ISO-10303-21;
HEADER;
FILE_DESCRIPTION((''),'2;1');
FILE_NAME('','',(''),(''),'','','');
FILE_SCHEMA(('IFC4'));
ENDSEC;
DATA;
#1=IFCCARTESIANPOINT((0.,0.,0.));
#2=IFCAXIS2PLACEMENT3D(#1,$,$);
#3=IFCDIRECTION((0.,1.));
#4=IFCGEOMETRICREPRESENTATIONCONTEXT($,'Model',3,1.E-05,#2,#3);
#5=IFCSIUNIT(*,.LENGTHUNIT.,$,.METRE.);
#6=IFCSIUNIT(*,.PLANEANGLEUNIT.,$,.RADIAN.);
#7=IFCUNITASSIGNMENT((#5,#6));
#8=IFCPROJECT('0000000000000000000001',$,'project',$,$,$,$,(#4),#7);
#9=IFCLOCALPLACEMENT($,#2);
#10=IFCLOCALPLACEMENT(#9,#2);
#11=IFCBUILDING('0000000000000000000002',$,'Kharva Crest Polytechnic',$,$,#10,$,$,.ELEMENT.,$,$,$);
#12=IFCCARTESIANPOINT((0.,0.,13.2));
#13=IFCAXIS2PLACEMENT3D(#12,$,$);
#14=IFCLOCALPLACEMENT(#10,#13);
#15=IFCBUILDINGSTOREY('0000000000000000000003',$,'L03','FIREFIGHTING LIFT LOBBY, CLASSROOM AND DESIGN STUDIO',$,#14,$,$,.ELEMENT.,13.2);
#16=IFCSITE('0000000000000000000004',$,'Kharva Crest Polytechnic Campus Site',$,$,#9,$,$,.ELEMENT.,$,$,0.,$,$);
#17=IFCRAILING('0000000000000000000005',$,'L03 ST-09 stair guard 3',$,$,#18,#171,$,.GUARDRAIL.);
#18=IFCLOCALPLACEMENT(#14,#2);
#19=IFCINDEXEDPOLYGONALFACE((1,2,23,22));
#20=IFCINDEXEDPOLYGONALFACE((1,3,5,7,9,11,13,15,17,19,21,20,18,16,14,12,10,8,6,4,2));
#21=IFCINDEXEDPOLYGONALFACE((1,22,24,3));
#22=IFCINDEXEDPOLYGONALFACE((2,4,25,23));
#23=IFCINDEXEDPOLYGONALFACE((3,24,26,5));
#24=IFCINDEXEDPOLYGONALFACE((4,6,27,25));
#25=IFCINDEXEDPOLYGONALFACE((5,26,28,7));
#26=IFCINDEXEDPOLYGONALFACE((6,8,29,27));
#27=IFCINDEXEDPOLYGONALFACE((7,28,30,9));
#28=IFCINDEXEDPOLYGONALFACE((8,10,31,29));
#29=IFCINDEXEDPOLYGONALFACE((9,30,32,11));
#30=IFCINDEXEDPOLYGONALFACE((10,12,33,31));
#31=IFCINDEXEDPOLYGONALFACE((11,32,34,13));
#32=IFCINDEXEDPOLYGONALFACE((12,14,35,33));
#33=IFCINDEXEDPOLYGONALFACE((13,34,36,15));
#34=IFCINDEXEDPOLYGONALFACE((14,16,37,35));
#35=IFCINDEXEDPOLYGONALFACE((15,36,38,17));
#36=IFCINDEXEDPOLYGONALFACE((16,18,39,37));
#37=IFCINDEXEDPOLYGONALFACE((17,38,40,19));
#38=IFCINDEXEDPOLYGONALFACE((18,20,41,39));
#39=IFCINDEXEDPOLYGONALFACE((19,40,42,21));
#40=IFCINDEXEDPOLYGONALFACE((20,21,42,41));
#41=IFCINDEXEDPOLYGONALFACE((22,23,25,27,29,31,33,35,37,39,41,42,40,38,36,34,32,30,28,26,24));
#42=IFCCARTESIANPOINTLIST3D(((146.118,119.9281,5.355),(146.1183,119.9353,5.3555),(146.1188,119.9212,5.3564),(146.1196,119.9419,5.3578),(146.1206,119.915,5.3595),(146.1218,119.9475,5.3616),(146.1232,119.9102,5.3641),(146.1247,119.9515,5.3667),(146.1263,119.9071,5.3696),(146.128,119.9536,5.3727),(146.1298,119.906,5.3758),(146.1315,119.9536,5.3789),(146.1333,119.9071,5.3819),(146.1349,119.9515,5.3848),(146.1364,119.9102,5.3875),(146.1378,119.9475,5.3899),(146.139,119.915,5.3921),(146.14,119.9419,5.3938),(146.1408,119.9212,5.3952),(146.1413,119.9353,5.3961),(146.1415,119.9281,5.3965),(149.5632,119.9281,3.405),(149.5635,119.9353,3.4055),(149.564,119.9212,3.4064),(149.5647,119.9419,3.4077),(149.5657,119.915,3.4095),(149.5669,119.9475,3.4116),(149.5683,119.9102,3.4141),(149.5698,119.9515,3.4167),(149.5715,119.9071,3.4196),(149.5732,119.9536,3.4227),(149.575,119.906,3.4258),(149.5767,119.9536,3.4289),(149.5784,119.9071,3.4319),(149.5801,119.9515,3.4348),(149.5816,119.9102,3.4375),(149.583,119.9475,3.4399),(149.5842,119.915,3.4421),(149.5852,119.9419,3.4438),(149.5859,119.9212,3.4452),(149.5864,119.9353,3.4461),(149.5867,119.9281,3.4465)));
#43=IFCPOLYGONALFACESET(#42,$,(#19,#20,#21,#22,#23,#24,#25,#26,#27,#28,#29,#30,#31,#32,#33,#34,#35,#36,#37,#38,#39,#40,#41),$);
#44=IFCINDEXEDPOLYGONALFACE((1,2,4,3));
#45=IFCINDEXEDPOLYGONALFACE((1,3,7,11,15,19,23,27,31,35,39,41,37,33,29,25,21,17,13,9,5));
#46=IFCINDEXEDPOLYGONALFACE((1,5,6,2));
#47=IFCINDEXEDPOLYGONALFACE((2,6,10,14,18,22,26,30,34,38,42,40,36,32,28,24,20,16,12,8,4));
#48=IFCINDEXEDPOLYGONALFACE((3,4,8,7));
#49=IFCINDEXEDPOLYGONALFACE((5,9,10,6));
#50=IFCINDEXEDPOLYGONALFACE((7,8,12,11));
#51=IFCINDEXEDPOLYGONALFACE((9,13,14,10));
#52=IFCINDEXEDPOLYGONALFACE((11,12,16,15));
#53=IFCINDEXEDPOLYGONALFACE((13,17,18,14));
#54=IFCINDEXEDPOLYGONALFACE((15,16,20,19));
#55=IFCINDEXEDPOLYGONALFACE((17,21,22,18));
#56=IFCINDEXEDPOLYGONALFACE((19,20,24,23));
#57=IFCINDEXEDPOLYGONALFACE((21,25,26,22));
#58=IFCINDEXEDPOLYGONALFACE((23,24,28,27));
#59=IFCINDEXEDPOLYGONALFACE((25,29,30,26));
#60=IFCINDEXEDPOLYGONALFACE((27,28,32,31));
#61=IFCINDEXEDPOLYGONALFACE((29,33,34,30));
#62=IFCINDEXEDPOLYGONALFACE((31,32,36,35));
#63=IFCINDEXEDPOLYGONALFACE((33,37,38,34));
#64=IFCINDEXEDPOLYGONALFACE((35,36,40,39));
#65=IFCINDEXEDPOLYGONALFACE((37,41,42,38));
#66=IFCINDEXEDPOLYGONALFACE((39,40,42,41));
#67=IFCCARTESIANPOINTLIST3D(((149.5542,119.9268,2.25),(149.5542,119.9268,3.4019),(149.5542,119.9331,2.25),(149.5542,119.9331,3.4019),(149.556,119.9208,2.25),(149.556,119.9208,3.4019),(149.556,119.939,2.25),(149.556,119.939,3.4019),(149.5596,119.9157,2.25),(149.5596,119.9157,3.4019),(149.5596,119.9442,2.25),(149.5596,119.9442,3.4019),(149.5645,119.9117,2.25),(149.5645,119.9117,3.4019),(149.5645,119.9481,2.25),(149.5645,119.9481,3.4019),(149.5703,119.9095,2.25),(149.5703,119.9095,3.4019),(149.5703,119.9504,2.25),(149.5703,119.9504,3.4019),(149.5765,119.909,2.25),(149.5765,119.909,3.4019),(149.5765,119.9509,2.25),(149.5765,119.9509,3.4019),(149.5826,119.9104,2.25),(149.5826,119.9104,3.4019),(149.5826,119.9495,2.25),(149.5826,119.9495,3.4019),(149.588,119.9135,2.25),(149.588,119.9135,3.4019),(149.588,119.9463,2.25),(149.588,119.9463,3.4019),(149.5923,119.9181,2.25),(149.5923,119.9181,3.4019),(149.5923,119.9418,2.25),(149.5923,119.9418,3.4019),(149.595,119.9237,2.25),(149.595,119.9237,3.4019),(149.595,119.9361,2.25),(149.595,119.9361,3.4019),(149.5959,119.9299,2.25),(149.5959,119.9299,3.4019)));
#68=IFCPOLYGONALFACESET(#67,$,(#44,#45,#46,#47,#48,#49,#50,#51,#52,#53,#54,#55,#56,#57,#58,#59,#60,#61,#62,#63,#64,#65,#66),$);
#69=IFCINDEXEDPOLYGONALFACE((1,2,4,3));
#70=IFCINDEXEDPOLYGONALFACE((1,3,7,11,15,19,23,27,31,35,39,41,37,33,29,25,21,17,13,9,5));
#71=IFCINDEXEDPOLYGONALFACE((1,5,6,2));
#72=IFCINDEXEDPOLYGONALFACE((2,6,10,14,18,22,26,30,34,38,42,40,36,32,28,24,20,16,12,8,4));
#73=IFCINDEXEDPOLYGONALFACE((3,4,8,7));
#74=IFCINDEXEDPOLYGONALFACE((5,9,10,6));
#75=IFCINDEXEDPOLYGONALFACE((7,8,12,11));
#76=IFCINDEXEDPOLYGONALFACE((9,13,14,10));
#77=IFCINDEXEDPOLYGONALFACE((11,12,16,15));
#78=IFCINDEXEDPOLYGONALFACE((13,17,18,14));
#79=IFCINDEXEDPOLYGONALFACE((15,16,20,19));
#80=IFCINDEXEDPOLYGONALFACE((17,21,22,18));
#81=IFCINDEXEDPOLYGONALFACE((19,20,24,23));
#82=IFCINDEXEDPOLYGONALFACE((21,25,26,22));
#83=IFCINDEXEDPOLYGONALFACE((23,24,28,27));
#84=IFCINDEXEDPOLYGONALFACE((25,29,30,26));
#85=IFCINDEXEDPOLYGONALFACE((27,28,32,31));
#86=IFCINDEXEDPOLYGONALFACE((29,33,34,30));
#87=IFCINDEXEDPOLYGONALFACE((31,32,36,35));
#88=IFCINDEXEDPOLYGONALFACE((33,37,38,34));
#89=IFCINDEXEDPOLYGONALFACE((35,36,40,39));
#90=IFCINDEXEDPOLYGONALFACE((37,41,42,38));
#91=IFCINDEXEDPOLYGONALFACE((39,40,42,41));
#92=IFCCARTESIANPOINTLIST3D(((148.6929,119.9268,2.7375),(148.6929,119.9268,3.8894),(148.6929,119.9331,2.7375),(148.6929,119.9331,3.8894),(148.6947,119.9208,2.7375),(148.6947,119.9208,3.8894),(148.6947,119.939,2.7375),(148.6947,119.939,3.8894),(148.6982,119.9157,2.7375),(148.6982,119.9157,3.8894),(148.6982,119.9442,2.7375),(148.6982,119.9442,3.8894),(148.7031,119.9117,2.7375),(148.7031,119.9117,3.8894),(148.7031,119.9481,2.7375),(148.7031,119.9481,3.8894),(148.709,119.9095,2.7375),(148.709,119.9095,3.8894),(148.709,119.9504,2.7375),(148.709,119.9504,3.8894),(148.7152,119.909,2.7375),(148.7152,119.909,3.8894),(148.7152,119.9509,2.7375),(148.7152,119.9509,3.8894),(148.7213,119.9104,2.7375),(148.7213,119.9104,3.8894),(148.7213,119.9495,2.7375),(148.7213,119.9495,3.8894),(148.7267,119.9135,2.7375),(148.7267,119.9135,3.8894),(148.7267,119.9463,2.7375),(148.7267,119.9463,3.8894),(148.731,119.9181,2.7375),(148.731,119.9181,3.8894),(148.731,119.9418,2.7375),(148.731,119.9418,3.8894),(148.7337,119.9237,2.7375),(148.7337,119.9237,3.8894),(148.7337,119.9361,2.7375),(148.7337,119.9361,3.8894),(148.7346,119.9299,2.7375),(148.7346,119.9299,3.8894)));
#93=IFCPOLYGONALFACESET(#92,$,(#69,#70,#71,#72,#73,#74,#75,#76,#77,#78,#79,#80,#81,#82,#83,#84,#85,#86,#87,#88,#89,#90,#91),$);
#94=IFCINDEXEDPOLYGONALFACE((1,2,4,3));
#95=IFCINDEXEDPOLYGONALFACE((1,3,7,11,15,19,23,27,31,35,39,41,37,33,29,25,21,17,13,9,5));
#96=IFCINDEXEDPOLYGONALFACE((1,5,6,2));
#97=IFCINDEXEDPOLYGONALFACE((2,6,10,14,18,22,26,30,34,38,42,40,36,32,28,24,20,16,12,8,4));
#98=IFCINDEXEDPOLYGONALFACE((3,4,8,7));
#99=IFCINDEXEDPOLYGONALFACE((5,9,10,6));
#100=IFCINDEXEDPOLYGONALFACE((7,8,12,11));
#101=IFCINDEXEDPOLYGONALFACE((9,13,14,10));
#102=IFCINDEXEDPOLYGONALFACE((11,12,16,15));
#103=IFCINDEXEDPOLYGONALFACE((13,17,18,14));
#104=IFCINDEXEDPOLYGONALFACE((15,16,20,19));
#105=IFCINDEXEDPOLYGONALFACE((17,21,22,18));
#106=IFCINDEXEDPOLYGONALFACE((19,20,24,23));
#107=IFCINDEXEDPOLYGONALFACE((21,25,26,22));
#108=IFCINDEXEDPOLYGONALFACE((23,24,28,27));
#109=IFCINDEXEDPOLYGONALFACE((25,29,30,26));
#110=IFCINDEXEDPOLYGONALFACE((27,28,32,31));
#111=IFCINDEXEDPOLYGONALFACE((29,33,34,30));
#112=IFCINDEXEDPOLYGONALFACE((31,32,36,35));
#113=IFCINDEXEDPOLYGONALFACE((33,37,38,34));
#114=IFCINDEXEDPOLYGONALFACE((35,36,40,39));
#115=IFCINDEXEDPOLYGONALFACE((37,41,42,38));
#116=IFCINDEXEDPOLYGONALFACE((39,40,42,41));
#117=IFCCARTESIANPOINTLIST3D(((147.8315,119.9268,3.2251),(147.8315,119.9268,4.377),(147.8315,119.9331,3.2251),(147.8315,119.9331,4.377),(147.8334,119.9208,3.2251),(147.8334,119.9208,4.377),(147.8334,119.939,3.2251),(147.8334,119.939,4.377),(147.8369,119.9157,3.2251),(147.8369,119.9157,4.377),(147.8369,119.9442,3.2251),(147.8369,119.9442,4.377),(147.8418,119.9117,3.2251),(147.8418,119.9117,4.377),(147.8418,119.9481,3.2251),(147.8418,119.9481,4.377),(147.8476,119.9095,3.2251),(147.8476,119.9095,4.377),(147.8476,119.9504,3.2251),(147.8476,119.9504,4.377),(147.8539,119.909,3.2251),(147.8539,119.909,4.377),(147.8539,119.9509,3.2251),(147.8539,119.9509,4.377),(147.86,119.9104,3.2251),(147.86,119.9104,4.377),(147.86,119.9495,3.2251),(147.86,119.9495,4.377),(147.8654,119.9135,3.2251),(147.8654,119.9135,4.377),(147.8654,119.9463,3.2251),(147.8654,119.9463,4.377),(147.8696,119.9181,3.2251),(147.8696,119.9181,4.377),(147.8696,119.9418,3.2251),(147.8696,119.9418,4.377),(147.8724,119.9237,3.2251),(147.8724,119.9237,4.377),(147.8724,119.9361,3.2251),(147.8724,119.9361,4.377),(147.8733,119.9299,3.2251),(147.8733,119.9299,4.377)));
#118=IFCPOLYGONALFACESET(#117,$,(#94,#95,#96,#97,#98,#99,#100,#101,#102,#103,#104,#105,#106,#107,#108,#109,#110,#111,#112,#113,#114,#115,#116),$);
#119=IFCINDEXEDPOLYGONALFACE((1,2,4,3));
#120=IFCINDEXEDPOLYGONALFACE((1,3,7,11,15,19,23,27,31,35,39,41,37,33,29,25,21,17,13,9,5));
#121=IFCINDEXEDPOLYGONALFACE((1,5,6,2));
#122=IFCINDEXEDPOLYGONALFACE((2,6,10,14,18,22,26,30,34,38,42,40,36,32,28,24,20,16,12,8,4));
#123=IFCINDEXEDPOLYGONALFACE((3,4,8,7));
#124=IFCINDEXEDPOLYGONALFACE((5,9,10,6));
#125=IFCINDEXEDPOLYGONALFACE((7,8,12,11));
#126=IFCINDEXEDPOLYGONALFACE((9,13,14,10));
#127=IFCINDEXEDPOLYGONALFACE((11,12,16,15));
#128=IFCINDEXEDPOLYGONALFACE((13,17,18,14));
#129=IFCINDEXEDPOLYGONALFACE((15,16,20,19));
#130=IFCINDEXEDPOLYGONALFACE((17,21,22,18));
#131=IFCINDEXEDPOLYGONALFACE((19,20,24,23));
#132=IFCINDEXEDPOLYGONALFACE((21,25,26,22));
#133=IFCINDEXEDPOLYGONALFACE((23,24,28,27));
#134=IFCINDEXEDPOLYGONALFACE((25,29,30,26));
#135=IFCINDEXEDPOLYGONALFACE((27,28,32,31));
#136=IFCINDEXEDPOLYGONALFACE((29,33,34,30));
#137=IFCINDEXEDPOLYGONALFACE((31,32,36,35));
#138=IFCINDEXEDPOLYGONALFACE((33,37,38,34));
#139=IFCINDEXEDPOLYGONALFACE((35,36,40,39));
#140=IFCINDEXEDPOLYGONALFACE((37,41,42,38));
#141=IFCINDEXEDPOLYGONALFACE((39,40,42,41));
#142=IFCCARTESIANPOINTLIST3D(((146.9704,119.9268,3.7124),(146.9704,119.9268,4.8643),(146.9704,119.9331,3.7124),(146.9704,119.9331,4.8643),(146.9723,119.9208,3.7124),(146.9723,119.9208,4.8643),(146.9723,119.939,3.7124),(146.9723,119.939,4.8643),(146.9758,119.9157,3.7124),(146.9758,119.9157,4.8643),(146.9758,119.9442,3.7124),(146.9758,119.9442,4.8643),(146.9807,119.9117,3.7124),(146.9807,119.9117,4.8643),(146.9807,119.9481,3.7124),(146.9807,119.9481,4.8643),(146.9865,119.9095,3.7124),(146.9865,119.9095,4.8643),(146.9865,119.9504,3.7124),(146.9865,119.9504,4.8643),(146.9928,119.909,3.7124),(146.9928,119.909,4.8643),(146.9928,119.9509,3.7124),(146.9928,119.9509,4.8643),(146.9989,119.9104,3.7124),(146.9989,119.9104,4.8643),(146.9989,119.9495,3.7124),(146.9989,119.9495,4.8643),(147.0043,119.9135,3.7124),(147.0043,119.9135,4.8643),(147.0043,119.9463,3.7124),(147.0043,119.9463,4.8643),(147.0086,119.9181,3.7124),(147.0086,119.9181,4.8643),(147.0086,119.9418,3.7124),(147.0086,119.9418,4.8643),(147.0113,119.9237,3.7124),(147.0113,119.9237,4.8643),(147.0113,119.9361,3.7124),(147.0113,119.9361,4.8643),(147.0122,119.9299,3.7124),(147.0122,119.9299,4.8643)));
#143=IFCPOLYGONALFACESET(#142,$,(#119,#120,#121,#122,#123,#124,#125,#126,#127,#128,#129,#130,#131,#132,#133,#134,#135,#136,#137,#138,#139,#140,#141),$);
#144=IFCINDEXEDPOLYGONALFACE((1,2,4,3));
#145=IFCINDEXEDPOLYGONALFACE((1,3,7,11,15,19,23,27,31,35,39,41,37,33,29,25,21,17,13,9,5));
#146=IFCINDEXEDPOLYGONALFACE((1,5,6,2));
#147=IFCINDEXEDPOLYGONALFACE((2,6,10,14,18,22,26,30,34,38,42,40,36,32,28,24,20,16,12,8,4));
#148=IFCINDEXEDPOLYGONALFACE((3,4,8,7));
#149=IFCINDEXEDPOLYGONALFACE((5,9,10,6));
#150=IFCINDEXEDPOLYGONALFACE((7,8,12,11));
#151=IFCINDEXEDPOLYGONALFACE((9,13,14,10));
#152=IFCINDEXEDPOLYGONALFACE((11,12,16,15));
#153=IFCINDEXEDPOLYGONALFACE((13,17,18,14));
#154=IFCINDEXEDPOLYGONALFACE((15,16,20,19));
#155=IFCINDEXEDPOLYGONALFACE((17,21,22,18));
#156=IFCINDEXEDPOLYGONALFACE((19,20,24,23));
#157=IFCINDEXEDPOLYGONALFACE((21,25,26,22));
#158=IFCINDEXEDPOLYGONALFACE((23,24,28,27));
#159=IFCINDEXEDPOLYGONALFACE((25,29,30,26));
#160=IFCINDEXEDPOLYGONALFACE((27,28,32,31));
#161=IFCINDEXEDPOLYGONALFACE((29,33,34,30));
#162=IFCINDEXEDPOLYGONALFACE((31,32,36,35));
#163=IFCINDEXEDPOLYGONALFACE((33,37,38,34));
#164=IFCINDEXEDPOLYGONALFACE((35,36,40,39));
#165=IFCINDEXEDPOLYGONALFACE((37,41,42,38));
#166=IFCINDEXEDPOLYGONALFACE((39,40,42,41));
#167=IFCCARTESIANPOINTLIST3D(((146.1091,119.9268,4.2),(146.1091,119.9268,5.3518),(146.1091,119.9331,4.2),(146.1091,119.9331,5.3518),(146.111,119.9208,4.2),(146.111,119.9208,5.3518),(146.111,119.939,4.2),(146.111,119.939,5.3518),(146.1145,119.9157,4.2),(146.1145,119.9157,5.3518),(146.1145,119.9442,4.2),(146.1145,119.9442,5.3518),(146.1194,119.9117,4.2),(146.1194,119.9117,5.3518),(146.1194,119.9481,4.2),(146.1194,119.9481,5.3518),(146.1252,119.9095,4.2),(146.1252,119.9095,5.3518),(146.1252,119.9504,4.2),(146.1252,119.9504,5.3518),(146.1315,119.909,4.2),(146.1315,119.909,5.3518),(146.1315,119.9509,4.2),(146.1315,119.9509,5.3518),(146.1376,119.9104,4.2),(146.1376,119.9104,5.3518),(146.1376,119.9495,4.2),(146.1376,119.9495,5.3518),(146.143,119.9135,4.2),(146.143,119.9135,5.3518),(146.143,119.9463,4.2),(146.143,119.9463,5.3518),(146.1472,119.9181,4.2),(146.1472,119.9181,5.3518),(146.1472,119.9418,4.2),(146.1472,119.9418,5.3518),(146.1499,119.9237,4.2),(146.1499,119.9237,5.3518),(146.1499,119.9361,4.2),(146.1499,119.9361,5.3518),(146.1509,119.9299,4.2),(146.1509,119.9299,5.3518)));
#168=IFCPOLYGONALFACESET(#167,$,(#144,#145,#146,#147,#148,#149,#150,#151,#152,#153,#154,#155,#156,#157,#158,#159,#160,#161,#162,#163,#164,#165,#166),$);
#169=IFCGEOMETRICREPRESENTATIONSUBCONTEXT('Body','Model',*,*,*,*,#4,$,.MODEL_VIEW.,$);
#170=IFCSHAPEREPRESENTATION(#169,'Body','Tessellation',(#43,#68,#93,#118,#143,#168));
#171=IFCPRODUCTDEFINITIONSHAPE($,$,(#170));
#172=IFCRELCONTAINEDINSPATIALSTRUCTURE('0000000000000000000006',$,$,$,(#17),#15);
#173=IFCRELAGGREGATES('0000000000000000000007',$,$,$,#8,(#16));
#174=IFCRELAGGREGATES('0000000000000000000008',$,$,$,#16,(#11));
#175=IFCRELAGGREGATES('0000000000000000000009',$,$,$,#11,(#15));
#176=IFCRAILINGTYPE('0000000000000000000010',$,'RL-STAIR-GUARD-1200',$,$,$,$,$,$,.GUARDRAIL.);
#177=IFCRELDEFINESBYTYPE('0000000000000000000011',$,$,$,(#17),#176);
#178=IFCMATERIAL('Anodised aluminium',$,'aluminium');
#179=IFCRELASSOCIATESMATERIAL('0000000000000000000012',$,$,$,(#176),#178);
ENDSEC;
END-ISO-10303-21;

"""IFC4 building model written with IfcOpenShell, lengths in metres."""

from ifc_helpers import new_model, si_unit, direction, frame, origin, origin_2d, place, context, subcontext, project, spatial, circle, extrude, material, type_object, element, save


model = new_model("IFC4")

# Units and contexts
model_context = context("Model", 3, precision=1e-05, world=origin(), true_north=direction((0.0, 1.0)))
body_context = subcontext(model_context, "Body", "Model", "MODEL_VIEW")
ifc_project = project(units=[si_unit("LENGTHUNIT", "METRE"), si_unit("PLANEANGLEUNIT", "RADIAN")], contexts=[model_context])

# Site, building, storey
site_placement = place(None, origin())
site = spatial("IfcSite", under=ifc_project, at=site_placement, Name="Kharva Crest Polytechnic Campus Site", CompositionType="ELEMENT", RefElevation=0.0)
building_placement = place(site_placement, origin())
building = spatial("IfcBuilding", under=site, at=building_placement, Name="Kharva Crest Polytechnic", CompositionType="ELEMENT")
storey_placement = place(building_placement, frame((0.0, 0.0, 13.2)))
storey = spatial("IfcBuildingStorey", under=building, at=storey_placement, Name="L03", Description="FIREFIGHTING LIFT LOBBY, CLASSROOM AND DESIGN STUDIO", CompositionType="ELEMENT", Elevation=13.2)

# Railing
ifc_material_1 = material(Name="Anodised aluminium", Category="aluminium")
railing_type_1 = type_object("IfcRailingType", Name="RL-STAIR-GUARD-1200", PredefinedType="GUARDRAIL", material=ifc_material_1)
railing_1_placement = place(storey_placement, frame((149.575, 119.9299, 2.25)))
element("IfcRailing", 1, at=railing_1_placement, inside=storey, type_object=railing_type_1, Name="L03 ST-09 stair guard 3", PredefinedType="GUARDRAIL", context=body_context, shape_type="SweptSolid", body=[
    extrude(circle(Radius=0.0239, at=origin_2d()), frame((0.0, 0.0, 1.1758), z_axis=(-0.870266, 0.0, 0.492581), x_axis=(0.0, -1.0, 0.0)), (0.0, 0.0, 1.0), 3.9587),
    extrude(circle(Radius=0.021, at=origin_2d()), origin(), (0.0, 0.0, 1.0), 1.1519),
    extrude(circle(Radius=0.021, at=origin_2d()), frame((-0.8613, 0.0, 0.4875)), (0.0, 0.0, 1.0), 1.1519),
    extrude(circle(Radius=0.021, at=origin_2d()), frame((-1.7227, 0.0, 0.9751)), (0.0, 0.0, 1.0), 1.1519),
    extrude(circle(Radius=0.021, at=origin_2d()), frame((-2.5837, 0.0, 1.4624)), (0.0, 0.0, 1.0), 1.1519),
    extrude(circle(Radius=0.021, at=origin_2d()), frame((-3.4451, 0.0, 1.95)), (0.0, 0.0, 1.0), 1.1519),
])

save(model, "model.ifc")
